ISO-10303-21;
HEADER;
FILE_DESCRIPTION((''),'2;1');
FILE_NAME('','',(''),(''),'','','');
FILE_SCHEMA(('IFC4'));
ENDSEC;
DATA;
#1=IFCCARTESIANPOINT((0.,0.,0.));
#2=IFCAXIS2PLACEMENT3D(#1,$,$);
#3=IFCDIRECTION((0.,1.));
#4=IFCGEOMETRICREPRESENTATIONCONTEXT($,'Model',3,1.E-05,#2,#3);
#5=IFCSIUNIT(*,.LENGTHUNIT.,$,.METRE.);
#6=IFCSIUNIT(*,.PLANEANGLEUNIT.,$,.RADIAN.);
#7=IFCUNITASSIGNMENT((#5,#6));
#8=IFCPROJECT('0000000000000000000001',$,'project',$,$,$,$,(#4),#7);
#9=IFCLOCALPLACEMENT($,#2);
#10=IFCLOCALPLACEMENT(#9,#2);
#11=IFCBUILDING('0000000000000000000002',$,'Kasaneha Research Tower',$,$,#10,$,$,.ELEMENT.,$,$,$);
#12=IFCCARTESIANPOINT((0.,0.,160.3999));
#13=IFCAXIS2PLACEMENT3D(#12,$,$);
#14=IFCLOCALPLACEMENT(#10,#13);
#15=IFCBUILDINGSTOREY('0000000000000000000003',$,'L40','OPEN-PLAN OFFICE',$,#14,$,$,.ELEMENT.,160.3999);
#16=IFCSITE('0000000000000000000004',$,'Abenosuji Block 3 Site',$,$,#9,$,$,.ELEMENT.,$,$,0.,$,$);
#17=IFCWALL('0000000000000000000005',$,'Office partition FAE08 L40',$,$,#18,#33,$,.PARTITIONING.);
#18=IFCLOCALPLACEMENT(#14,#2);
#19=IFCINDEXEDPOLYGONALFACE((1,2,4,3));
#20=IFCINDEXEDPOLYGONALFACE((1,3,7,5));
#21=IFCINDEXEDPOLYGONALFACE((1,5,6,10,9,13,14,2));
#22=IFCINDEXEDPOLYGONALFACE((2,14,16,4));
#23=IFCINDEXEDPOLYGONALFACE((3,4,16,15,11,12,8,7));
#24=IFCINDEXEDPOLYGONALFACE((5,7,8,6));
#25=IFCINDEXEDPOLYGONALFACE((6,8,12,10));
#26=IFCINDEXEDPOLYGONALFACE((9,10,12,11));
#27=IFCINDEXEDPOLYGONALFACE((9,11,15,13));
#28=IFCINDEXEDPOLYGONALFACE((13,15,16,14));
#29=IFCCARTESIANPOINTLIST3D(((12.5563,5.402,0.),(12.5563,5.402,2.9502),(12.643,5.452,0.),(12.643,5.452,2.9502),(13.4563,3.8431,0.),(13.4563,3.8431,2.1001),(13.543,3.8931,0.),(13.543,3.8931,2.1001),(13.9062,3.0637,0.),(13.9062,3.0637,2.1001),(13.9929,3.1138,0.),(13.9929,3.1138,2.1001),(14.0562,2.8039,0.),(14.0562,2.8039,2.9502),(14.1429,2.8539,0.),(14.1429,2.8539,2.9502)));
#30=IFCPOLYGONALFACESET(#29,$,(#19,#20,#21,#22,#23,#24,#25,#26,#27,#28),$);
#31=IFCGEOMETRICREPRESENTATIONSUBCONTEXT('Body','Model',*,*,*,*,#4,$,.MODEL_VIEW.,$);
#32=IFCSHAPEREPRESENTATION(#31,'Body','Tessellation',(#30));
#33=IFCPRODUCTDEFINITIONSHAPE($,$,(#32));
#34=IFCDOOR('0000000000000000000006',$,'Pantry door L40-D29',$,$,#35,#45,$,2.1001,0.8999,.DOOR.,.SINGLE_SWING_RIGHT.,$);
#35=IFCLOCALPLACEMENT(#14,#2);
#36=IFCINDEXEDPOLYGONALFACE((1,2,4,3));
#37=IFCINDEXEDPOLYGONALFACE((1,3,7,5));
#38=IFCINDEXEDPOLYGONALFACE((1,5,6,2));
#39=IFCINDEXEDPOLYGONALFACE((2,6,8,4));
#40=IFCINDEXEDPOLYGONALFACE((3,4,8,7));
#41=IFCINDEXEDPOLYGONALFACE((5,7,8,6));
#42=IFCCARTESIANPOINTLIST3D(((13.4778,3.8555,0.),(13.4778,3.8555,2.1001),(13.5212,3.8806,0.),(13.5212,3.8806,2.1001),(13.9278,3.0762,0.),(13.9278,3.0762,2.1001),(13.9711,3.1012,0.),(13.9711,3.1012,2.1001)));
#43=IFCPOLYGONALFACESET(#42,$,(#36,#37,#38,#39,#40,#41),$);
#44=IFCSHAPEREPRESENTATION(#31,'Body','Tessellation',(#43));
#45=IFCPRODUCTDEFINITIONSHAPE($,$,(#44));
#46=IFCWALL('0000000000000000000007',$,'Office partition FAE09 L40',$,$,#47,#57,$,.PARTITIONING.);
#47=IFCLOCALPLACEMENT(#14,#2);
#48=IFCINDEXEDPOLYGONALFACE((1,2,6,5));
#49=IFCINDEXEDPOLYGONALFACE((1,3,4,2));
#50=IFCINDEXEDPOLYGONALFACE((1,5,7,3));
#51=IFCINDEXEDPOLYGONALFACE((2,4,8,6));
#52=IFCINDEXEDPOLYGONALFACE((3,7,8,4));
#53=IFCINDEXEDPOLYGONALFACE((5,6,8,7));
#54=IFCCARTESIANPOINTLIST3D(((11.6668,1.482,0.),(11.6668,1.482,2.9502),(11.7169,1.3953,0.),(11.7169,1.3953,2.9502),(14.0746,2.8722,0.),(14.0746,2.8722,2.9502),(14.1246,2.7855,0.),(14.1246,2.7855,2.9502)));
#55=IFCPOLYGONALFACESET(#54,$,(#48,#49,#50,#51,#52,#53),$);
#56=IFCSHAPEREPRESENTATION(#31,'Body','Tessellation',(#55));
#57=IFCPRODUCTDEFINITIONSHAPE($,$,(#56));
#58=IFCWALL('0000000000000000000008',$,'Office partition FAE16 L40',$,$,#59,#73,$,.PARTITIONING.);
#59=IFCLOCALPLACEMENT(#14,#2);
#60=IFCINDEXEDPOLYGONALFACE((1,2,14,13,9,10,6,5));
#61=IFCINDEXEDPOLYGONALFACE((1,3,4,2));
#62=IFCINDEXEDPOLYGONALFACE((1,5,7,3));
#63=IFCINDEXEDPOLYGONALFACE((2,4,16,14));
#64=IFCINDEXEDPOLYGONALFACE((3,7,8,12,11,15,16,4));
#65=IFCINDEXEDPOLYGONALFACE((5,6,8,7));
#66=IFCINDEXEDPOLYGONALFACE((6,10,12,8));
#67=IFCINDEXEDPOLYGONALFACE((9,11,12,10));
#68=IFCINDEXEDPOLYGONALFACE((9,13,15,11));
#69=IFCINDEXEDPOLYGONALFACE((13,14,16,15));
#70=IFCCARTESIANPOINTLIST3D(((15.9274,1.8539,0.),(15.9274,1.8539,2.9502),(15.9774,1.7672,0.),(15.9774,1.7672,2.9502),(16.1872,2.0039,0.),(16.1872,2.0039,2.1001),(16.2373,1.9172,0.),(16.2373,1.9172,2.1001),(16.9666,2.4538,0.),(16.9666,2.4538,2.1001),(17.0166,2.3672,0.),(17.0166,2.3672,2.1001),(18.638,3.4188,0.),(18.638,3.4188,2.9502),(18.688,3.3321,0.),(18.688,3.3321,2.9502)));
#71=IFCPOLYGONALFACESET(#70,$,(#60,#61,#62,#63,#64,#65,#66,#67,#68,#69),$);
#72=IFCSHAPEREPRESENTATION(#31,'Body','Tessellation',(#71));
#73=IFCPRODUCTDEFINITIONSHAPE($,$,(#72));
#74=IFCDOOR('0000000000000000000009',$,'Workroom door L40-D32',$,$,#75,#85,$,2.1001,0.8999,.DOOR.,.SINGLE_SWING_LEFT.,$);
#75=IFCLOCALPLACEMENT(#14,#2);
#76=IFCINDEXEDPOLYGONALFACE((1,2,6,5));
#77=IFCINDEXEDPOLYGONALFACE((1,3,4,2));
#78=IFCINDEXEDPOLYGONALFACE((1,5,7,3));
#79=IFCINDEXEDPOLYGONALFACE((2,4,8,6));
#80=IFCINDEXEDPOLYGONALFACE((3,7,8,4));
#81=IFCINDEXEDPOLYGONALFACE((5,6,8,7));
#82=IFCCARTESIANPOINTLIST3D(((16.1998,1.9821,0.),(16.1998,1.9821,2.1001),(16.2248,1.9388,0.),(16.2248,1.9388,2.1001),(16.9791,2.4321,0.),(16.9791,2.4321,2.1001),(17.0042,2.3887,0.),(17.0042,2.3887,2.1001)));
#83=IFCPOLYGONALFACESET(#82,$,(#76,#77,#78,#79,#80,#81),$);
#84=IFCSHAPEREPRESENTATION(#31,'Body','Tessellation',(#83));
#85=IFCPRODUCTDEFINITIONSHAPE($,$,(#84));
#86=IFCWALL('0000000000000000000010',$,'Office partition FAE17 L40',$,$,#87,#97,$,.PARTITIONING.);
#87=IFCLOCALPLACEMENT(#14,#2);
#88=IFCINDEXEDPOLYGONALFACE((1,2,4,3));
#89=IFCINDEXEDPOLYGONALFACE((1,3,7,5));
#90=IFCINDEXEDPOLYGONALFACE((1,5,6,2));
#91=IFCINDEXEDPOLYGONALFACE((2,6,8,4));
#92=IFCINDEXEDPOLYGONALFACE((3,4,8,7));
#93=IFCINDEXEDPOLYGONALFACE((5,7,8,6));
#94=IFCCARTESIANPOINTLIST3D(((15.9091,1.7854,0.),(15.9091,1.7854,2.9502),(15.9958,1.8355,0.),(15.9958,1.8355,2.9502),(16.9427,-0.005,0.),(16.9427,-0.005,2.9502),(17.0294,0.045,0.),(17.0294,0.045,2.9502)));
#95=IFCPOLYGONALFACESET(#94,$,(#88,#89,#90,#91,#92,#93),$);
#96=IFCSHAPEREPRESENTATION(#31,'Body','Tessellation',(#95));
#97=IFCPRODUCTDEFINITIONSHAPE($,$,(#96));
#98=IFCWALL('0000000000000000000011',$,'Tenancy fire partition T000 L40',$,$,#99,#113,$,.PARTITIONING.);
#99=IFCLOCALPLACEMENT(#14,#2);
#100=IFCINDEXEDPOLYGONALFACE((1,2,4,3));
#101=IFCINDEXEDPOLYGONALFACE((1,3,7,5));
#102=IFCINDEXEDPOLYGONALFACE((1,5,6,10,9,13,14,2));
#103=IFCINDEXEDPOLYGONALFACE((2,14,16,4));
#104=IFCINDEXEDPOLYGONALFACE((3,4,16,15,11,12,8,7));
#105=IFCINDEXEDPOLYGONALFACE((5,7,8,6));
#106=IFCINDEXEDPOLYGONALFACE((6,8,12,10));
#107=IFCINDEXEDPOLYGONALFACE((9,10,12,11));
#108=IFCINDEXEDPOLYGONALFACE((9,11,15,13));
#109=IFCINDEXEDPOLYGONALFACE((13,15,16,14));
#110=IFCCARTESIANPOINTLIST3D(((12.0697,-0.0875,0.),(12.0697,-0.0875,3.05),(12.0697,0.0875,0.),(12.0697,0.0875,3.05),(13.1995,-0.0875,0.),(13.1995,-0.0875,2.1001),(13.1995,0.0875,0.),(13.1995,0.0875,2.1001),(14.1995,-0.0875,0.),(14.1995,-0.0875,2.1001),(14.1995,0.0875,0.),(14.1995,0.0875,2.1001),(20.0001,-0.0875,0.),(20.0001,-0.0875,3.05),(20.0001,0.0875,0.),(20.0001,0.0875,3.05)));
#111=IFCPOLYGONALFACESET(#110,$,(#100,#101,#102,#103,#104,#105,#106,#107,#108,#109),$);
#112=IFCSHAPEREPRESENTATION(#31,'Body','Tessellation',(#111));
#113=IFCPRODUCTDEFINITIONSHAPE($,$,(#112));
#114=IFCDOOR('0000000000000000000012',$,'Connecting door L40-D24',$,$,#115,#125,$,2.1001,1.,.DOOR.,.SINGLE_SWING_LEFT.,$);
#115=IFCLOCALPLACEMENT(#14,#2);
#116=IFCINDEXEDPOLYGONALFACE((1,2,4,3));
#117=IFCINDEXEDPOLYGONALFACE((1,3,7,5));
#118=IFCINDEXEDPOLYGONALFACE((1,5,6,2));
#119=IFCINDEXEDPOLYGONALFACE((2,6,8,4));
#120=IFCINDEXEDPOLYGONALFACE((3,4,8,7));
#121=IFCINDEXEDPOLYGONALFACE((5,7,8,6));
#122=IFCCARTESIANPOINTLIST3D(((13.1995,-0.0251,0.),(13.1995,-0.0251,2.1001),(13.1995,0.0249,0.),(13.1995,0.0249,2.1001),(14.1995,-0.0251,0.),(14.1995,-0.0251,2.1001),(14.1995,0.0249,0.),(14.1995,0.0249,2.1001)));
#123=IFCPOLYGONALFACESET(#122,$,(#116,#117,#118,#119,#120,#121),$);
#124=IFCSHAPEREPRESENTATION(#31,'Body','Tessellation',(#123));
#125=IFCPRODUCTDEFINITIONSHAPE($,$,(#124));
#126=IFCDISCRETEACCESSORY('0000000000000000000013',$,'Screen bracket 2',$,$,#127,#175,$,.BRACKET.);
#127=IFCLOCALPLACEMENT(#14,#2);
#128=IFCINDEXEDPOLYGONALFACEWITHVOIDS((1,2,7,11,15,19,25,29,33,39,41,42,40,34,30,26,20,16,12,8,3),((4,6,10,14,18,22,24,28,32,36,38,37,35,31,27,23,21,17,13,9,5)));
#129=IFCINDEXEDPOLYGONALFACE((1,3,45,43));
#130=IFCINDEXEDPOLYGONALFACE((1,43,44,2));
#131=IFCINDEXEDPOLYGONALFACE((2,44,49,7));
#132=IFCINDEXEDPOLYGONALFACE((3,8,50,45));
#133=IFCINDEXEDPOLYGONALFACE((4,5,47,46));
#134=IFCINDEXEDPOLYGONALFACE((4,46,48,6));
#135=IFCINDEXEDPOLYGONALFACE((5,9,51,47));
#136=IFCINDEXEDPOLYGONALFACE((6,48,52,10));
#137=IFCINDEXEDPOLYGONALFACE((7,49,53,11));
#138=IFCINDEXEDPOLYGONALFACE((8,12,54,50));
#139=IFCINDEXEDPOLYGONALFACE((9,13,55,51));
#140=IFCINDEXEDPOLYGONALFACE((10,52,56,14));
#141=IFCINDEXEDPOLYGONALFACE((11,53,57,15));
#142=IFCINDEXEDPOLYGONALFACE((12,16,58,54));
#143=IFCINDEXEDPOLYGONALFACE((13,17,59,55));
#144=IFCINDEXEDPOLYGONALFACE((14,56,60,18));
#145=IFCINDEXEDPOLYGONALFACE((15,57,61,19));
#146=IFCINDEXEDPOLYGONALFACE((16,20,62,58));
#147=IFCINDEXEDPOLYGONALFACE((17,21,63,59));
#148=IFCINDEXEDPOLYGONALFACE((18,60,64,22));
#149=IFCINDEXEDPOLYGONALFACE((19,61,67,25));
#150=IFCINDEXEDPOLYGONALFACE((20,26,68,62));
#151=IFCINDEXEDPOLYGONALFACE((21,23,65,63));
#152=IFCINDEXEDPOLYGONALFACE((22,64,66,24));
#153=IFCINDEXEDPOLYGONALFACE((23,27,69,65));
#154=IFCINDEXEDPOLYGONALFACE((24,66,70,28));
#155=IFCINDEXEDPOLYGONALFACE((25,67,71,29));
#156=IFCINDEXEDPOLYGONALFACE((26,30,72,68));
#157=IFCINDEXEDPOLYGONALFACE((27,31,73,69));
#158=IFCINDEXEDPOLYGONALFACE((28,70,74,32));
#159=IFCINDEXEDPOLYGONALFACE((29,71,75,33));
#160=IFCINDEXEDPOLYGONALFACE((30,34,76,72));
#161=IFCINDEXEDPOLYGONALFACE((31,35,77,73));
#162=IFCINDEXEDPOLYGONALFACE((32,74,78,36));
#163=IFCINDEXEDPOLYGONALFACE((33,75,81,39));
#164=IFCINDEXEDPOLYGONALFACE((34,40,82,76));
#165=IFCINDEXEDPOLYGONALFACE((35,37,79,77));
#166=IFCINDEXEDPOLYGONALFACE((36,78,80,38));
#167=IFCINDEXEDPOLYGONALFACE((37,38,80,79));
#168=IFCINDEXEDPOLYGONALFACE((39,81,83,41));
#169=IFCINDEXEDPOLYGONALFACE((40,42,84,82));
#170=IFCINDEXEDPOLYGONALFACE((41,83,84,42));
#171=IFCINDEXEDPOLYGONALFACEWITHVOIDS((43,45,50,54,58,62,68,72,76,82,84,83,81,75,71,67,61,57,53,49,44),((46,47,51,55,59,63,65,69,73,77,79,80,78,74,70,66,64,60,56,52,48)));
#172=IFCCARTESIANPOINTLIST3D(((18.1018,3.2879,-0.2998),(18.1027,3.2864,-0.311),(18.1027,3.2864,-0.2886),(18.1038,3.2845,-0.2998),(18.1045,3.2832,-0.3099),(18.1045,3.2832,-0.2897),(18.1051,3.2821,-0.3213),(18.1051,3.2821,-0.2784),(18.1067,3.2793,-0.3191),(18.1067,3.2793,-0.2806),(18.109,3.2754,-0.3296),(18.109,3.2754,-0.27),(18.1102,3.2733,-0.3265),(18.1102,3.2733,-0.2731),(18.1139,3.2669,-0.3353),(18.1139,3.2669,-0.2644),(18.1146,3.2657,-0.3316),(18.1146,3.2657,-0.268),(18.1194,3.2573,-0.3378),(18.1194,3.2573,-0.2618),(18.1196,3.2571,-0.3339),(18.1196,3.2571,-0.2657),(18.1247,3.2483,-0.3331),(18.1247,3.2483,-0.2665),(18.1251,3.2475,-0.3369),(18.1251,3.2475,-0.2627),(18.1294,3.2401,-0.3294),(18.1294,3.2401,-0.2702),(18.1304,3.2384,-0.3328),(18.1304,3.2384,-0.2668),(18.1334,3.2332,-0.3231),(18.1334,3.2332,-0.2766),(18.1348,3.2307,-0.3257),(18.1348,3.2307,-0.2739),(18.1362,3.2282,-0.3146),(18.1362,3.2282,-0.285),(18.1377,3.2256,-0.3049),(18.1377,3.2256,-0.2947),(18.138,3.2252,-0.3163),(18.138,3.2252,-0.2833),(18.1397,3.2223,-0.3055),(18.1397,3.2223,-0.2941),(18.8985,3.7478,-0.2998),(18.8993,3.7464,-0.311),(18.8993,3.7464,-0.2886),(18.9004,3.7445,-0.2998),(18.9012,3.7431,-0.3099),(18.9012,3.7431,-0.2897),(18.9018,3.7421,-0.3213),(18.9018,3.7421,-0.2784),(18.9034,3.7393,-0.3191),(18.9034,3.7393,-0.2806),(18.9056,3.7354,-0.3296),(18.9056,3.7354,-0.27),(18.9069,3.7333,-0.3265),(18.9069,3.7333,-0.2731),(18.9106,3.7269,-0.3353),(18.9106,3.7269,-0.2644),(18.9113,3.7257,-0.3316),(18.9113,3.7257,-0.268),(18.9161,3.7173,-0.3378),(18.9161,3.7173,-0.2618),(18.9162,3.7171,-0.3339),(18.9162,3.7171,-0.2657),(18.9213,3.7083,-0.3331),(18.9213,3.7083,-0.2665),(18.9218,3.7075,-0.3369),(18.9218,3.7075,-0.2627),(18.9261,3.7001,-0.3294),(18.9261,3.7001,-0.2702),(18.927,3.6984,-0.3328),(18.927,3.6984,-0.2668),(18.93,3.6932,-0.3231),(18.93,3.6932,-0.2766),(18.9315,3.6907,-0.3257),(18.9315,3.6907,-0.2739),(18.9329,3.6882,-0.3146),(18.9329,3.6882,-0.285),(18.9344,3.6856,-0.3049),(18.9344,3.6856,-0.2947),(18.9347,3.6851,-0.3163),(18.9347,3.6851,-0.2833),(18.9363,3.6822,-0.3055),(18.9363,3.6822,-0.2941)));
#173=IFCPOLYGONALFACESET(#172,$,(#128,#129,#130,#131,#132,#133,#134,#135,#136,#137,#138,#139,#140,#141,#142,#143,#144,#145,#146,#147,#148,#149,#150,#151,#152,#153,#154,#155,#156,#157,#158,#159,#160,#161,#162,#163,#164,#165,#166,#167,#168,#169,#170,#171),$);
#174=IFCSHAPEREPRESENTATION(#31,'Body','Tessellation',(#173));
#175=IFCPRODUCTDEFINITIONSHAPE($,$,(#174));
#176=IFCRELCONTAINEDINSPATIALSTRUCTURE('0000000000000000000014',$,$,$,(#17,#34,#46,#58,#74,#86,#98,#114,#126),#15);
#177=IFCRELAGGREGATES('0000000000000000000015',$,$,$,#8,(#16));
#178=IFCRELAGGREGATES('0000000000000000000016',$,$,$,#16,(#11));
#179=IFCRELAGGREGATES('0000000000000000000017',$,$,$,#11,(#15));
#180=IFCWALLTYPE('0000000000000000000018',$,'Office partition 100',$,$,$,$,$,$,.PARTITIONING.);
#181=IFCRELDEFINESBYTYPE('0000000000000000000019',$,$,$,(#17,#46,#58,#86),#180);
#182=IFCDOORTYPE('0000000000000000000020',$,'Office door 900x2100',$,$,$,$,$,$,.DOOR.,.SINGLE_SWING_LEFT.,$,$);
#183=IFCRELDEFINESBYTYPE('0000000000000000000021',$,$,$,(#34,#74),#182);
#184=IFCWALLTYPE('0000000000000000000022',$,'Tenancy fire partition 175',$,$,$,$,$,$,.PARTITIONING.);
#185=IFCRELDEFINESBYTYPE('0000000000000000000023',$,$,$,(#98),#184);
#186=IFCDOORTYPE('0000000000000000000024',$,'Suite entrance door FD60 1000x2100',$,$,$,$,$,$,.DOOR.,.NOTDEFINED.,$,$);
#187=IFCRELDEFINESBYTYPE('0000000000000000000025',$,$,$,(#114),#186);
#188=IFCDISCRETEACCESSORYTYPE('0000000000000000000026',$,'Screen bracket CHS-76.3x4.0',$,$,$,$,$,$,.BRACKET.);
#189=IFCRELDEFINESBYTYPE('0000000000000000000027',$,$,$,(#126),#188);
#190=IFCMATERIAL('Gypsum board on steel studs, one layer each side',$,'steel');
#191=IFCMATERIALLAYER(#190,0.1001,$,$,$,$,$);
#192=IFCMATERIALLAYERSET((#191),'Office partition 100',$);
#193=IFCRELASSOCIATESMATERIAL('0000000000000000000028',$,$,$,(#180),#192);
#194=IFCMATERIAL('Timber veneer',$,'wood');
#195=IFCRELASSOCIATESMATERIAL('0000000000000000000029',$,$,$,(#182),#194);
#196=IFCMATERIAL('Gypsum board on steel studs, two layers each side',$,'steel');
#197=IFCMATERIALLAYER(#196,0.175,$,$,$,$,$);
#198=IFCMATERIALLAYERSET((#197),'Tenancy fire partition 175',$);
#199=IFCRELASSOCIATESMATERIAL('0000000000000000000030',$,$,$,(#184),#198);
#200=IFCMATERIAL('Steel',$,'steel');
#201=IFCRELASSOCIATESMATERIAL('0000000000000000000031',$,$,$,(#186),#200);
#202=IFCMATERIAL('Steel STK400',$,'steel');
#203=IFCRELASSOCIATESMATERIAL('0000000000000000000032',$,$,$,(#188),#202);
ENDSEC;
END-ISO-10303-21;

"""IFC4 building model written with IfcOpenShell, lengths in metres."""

from ifc_helpers import new_model, si_unit, direction, frame, frame_2d, origin, origin_2d, place, context, subcontext, project, spatial, rectangle, hollow_circle, extrude, material, layer, layer_set, material_profile, profile_set, type_object, element, fill, save


model = new_model("IFC4")

# Units and contexts
model_context = context("Model", 3, precision=1e-05, world=origin(), true_north=direction((0.0, 1.0)))
body_context = subcontext(model_context, "Body", "Model", "MODEL_VIEW")
ifc_project = project(units=[si_unit("LENGTHUNIT", "METRE"), si_unit("PLANEANGLEUNIT", "RADIAN")], contexts=[model_context])

# Site, building, storey
site_placement = place(None, origin())
site = spatial("IfcSite", under=ifc_project, at=site_placement, Name="Abenosuji Block 3 Site", CompositionType="ELEMENT", RefElevation=0.0)
building_placement = place(site_placement, origin())
building = spatial("IfcBuilding", under=site, at=building_placement, Name="Kasaneha Research Tower", CompositionType="ELEMENT")
storey_placement = place(building_placement, frame((0.0, 0.0, 160.3999)))
storey = spatial("IfcBuildingStorey", under=building, at=storey_placement, Name="L40", Description="OPEN-PLAN OFFICE", CompositionType="ELEMENT", Elevation=160.3999)

# Shared definitions
ifc_material_1 = material(Name="Gypsum board on steel studs, one layer each side", Category="steel")
ifc_layer_1 = layer(ifc_material_1, 0.1001)
ifc_layer_set_1 = layer_set([ifc_layer_1], Name="Office partition 100")
wall_type_1 = type_object("IfcWallType", Name="Office partition 100", PredefinedType="PARTITIONING", material=ifc_layer_set_1)

# Wall, opening, door
wall_1_placement = place(storey_placement, frame((12.5996, 5.427, 0.0), z_axis=(0.0, 0.0, 1.0), x_axis=(0.49999, -0.866031, 0.0)))
wall_1 = element("IfcWall", 1, at=wall_1_placement, inside=storey, type_object=wall_type_1, Name="Office partition FAE08 L40", PredefinedType="PARTITIONING", context=body_context, shape_type="SweptSolid", body=[
    extrude(rectangle(XDim=3.0, YDim=0.1001, at=frame_2d((1.5, 0.0))), origin(), (0.0, 0.0, 1.0), 2.9502),
])
opening_1_placement = place(wall_1_placement, frame((1.8, 0.0, 0.0)))
opening_1 = element("IfcOpeningElement", 2, at=opening_1_placement, cuts=wall_1, PredefinedType="OPENING", context=body_context, shape_type="SweptSolid", body=[
    extrude(rectangle(XDim=0.8999, YDim=2.1001, at=frame_2d((0.45, 1.05))), frame((0.0, 0.0601, 0.0), z_axis=(0.0, -1.0, 0.0), x_axis=(1.0, 0.0, 0.0)), (0.0, 0.0, 1.0), 0.1201),
])
ifc_material_2 = material(Name="Timber veneer", Category="wood")
door_type_1 = type_object("IfcDoorType", Name="Office door 900x2100", OperationType="SINGLE_SWING_LEFT", PredefinedType="DOOR", material=ifc_material_2)
door_1_placement = place(opening_1_placement, origin())
door_1 = element("IfcDoor", 3, at=door_1_placement, inside=storey, type_object=door_type_1, Name="Pantry door L40-D29", OperationType="SINGLE_SWING_RIGHT", OverallHeight=2.1001, OverallWidth=0.8999, PredefinedType="DOOR", context=body_context, shape_type="SweptSolid", body=[
    extrude(rectangle(XDim=0.8999, YDim=2.1001, at=frame_2d((0.45, 1.05))), frame((0.0, 0.0249, 0.0), z_axis=(0.0, -1.0, 0.0), x_axis=(1.0, 0.0, 0.0)), (0.0, 0.0, 1.0), 0.05),
])
fill(opening_1, door_1)

# Wall
wall_2_placement = place(storey_placement, frame((14.0996, 2.8289, 0.0), z_axis=(0.0, 0.0, 1.0), x_axis=(-0.866019, -0.500011, 0.0)))
element("IfcWall", 4, at=wall_2_placement, inside=storey, type_object=wall_type_1, Name="Office partition FAE09 L40", PredefinedType="PARTITIONING", context=body_context, shape_type="SweptSolid", body=[
    extrude(rectangle(XDim=2.7803, YDim=0.1001, at=frame_2d((1.3901, 0.0))), origin(), (0.0, 0.0, 1.0), 2.9502),
])

# Wall, opening, door
wall_3_placement = place(storey_placement, frame((15.9524, 1.8105, 0.0), z_axis=(0.0, 0.0, 1.0), x_axis=(0.866036, 0.499981, 0.0)))
wall_3 = element("IfcWall", 5, at=wall_3_placement, inside=storey, type_object=wall_type_1, Name="Office partition FAE16 L40", PredefinedType="PARTITIONING", context=body_context, shape_type="SweptSolid", body=[
    extrude(rectangle(XDim=3.1299, YDim=0.1001, at=frame_2d((1.5649, 0.0))), origin(), (0.0, 0.0, 1.0), 2.9502),
])
opening_2_placement = place(wall_3_placement, frame((0.3, 0.0, 0.0)))
opening_2 = element("IfcOpeningElement", 6, at=opening_2_placement, cuts=wall_3, PredefinedType="OPENING", context=body_context, shape_type="SweptSolid", body=[
    extrude(rectangle(XDim=0.8999, YDim=2.1001, at=frame_2d((0.45, 1.05))), frame((0.0, 0.0601, 0.0), z_axis=(0.0, -1.0, 0.0), x_axis=(1.0, 0.0, 0.0)), (0.0, 0.0, 1.0), 0.1201),
])
door_2_placement = place(opening_2_placement, origin())
door_2 = element("IfcDoor", 7, at=door_2_placement, inside=storey, type_object=door_type_1, Name="Workroom door L40-D32", OperationType="SINGLE_SWING_LEFT", OverallHeight=2.1001, OverallWidth=0.8999, PredefinedType="DOOR", context=body_context, shape_type="SweptSolid", body=[
    extrude(rectangle(XDim=0.8999, YDim=2.1001, at=frame_2d((0.45, 1.05))), frame((0.0, 0.0249, 0.0), z_axis=(0.0, -1.0, 0.0), x_axis=(1.0, 0.0, 0.0)), (0.0, 0.0, 1.0), 0.05),
])
fill(opening_2, door_2)

# Wall
wall_4_placement = place(storey_placement, frame((16.9861, 0.02, 0.0), z_axis=(0.0, 0.0, 1.0), x_axis=(-0.499975, 0.86604, 0.0)))
element("IfcWall", 8, at=wall_4_placement, inside=storey, type_object=wall_type_1, Name="Office partition FAE17 L40", PredefinedType="PARTITIONING", context=body_context, shape_type="SweptSolid", body=[
    extrude(rectangle(XDim=2.0674, YDim=0.1001, at=frame_2d((1.0337, 0.0))), origin(), (0.0, 0.0, 1.0), 2.9502),
])

# Wall, opening, door
ifc_material_3 = material(Name="Gypsum board on steel studs, two layers each side", Category="steel")
ifc_layer_2 = layer(ifc_material_3, 0.175)
ifc_layer_set_2 = layer_set([ifc_layer_2], Name="Tenancy fire partition 175")
wall_type_2 = type_object("IfcWallType", Name="Tenancy fire partition 175", PredefinedType="PARTITIONING", material=ifc_layer_set_2)
wall_5_placement = place(storey_placement, frame((12.0696, 0.0, 0.0), z_axis=(0.0, 0.0, 1.0), x_axis=(1.0, 0.0, 0.0)))
wall_5 = element("IfcWall", 9, at=wall_5_placement, inside=storey, type_object=wall_type_2, Name="Tenancy fire partition T000 L40", PredefinedType="PARTITIONING", context=body_context, shape_type="SweptSolid", body=[
    extrude(rectangle(XDim=7.9304, YDim=0.175, at=frame_2d((3.9653, 0.0))), origin(), (0.0, 0.0, 1.0), 3.05),
])
opening_3_placement = place(wall_5_placement, frame((1.1299, 0.0, 0.0)))
opening_3 = element("IfcOpeningElement", 10, at=opening_3_placement, cuts=wall_5, PredefinedType="OPENING", context=body_context, shape_type="SweptSolid", body=[
    extrude(rectangle(XDim=1.0, YDim=2.1001, at=frame_2d((0.5, 1.05))), frame((0.0, 0.0977, 0.0), z_axis=(0.0, -1.0, 0.0), x_axis=(1.0, 0.0, 0.0)), (0.0, 0.0, 1.0), 0.1951),
])
ifc_material_4 = material(Name="Steel", Category="steel")
door_type_2 = type_object("IfcDoorType", Name="Suite entrance door FD60 1000x2100", OperationType="NOTDEFINED", PredefinedType="DOOR", material=ifc_material_4)
door_3_placement = place(opening_3_placement, origin())
door_3 = element("IfcDoor", 11, at=door_3_placement, inside=storey, type_object=door_type_2, Name="Connecting door L40-D24", OperationType="SINGLE_SWING_LEFT", OverallHeight=2.1001, OverallWidth=1.0, PredefinedType="DOOR", context=body_context, shape_type="SweptSolid", body=[
    extrude(rectangle(XDim=1.0, YDim=2.1001, at=frame_2d((0.5, 1.05))), frame((0.0, 0.0249, 0.0), z_axis=(0.0, -1.0, 0.0), x_axis=(1.0, 0.0, 0.0)), (0.0, 0.0, 1.0), 0.05),
])
fill(opening_3, door_3)

# Discrete accessory
ifc_material_5 = material(Name="Steel STK400", Category="steel")
ifc_material_profile_1 = material_profile(ifc_material_5, hollow_circle(Radius=0.0381, WallThickness=0.0039, at=origin_2d()), Name="CHS-76.3x4.0")
ifc_profile_set_1 = profile_set([ifc_material_profile_1], Name="Steel STK400")
discrete_accessory_type = type_object("IfcDiscreteAccessoryType", Name="Screen bracket CHS-76.3x4.0", PredefinedType="BRACKET", material=ifc_profile_set_1)
for number, where, z_axis, x_axis, name in (
    (12, (18.1208, 3.2549, -0.2998), (0.866013, 0.500021, 0.0), (-0.500021, 0.866013, 0.0), "Screen bracket 2"),
):
    element("IfcDiscreteAccessory", number, at=place(storey_placement, frame(where, z_axis=z_axis, x_axis=x_axis)), inside=storey, type_object=discrete_accessory_type, Name=name, PredefinedType="BRACKET", context=body_context, shape_type="SweptSolid", body=[
        extrude(hollow_circle(Radius=0.0381, WallThickness=0.0039, at=origin_2d()), origin(), (0.0, 0.0, 1.0), 0.9199),
    ])

save(model, "model.ifc")
